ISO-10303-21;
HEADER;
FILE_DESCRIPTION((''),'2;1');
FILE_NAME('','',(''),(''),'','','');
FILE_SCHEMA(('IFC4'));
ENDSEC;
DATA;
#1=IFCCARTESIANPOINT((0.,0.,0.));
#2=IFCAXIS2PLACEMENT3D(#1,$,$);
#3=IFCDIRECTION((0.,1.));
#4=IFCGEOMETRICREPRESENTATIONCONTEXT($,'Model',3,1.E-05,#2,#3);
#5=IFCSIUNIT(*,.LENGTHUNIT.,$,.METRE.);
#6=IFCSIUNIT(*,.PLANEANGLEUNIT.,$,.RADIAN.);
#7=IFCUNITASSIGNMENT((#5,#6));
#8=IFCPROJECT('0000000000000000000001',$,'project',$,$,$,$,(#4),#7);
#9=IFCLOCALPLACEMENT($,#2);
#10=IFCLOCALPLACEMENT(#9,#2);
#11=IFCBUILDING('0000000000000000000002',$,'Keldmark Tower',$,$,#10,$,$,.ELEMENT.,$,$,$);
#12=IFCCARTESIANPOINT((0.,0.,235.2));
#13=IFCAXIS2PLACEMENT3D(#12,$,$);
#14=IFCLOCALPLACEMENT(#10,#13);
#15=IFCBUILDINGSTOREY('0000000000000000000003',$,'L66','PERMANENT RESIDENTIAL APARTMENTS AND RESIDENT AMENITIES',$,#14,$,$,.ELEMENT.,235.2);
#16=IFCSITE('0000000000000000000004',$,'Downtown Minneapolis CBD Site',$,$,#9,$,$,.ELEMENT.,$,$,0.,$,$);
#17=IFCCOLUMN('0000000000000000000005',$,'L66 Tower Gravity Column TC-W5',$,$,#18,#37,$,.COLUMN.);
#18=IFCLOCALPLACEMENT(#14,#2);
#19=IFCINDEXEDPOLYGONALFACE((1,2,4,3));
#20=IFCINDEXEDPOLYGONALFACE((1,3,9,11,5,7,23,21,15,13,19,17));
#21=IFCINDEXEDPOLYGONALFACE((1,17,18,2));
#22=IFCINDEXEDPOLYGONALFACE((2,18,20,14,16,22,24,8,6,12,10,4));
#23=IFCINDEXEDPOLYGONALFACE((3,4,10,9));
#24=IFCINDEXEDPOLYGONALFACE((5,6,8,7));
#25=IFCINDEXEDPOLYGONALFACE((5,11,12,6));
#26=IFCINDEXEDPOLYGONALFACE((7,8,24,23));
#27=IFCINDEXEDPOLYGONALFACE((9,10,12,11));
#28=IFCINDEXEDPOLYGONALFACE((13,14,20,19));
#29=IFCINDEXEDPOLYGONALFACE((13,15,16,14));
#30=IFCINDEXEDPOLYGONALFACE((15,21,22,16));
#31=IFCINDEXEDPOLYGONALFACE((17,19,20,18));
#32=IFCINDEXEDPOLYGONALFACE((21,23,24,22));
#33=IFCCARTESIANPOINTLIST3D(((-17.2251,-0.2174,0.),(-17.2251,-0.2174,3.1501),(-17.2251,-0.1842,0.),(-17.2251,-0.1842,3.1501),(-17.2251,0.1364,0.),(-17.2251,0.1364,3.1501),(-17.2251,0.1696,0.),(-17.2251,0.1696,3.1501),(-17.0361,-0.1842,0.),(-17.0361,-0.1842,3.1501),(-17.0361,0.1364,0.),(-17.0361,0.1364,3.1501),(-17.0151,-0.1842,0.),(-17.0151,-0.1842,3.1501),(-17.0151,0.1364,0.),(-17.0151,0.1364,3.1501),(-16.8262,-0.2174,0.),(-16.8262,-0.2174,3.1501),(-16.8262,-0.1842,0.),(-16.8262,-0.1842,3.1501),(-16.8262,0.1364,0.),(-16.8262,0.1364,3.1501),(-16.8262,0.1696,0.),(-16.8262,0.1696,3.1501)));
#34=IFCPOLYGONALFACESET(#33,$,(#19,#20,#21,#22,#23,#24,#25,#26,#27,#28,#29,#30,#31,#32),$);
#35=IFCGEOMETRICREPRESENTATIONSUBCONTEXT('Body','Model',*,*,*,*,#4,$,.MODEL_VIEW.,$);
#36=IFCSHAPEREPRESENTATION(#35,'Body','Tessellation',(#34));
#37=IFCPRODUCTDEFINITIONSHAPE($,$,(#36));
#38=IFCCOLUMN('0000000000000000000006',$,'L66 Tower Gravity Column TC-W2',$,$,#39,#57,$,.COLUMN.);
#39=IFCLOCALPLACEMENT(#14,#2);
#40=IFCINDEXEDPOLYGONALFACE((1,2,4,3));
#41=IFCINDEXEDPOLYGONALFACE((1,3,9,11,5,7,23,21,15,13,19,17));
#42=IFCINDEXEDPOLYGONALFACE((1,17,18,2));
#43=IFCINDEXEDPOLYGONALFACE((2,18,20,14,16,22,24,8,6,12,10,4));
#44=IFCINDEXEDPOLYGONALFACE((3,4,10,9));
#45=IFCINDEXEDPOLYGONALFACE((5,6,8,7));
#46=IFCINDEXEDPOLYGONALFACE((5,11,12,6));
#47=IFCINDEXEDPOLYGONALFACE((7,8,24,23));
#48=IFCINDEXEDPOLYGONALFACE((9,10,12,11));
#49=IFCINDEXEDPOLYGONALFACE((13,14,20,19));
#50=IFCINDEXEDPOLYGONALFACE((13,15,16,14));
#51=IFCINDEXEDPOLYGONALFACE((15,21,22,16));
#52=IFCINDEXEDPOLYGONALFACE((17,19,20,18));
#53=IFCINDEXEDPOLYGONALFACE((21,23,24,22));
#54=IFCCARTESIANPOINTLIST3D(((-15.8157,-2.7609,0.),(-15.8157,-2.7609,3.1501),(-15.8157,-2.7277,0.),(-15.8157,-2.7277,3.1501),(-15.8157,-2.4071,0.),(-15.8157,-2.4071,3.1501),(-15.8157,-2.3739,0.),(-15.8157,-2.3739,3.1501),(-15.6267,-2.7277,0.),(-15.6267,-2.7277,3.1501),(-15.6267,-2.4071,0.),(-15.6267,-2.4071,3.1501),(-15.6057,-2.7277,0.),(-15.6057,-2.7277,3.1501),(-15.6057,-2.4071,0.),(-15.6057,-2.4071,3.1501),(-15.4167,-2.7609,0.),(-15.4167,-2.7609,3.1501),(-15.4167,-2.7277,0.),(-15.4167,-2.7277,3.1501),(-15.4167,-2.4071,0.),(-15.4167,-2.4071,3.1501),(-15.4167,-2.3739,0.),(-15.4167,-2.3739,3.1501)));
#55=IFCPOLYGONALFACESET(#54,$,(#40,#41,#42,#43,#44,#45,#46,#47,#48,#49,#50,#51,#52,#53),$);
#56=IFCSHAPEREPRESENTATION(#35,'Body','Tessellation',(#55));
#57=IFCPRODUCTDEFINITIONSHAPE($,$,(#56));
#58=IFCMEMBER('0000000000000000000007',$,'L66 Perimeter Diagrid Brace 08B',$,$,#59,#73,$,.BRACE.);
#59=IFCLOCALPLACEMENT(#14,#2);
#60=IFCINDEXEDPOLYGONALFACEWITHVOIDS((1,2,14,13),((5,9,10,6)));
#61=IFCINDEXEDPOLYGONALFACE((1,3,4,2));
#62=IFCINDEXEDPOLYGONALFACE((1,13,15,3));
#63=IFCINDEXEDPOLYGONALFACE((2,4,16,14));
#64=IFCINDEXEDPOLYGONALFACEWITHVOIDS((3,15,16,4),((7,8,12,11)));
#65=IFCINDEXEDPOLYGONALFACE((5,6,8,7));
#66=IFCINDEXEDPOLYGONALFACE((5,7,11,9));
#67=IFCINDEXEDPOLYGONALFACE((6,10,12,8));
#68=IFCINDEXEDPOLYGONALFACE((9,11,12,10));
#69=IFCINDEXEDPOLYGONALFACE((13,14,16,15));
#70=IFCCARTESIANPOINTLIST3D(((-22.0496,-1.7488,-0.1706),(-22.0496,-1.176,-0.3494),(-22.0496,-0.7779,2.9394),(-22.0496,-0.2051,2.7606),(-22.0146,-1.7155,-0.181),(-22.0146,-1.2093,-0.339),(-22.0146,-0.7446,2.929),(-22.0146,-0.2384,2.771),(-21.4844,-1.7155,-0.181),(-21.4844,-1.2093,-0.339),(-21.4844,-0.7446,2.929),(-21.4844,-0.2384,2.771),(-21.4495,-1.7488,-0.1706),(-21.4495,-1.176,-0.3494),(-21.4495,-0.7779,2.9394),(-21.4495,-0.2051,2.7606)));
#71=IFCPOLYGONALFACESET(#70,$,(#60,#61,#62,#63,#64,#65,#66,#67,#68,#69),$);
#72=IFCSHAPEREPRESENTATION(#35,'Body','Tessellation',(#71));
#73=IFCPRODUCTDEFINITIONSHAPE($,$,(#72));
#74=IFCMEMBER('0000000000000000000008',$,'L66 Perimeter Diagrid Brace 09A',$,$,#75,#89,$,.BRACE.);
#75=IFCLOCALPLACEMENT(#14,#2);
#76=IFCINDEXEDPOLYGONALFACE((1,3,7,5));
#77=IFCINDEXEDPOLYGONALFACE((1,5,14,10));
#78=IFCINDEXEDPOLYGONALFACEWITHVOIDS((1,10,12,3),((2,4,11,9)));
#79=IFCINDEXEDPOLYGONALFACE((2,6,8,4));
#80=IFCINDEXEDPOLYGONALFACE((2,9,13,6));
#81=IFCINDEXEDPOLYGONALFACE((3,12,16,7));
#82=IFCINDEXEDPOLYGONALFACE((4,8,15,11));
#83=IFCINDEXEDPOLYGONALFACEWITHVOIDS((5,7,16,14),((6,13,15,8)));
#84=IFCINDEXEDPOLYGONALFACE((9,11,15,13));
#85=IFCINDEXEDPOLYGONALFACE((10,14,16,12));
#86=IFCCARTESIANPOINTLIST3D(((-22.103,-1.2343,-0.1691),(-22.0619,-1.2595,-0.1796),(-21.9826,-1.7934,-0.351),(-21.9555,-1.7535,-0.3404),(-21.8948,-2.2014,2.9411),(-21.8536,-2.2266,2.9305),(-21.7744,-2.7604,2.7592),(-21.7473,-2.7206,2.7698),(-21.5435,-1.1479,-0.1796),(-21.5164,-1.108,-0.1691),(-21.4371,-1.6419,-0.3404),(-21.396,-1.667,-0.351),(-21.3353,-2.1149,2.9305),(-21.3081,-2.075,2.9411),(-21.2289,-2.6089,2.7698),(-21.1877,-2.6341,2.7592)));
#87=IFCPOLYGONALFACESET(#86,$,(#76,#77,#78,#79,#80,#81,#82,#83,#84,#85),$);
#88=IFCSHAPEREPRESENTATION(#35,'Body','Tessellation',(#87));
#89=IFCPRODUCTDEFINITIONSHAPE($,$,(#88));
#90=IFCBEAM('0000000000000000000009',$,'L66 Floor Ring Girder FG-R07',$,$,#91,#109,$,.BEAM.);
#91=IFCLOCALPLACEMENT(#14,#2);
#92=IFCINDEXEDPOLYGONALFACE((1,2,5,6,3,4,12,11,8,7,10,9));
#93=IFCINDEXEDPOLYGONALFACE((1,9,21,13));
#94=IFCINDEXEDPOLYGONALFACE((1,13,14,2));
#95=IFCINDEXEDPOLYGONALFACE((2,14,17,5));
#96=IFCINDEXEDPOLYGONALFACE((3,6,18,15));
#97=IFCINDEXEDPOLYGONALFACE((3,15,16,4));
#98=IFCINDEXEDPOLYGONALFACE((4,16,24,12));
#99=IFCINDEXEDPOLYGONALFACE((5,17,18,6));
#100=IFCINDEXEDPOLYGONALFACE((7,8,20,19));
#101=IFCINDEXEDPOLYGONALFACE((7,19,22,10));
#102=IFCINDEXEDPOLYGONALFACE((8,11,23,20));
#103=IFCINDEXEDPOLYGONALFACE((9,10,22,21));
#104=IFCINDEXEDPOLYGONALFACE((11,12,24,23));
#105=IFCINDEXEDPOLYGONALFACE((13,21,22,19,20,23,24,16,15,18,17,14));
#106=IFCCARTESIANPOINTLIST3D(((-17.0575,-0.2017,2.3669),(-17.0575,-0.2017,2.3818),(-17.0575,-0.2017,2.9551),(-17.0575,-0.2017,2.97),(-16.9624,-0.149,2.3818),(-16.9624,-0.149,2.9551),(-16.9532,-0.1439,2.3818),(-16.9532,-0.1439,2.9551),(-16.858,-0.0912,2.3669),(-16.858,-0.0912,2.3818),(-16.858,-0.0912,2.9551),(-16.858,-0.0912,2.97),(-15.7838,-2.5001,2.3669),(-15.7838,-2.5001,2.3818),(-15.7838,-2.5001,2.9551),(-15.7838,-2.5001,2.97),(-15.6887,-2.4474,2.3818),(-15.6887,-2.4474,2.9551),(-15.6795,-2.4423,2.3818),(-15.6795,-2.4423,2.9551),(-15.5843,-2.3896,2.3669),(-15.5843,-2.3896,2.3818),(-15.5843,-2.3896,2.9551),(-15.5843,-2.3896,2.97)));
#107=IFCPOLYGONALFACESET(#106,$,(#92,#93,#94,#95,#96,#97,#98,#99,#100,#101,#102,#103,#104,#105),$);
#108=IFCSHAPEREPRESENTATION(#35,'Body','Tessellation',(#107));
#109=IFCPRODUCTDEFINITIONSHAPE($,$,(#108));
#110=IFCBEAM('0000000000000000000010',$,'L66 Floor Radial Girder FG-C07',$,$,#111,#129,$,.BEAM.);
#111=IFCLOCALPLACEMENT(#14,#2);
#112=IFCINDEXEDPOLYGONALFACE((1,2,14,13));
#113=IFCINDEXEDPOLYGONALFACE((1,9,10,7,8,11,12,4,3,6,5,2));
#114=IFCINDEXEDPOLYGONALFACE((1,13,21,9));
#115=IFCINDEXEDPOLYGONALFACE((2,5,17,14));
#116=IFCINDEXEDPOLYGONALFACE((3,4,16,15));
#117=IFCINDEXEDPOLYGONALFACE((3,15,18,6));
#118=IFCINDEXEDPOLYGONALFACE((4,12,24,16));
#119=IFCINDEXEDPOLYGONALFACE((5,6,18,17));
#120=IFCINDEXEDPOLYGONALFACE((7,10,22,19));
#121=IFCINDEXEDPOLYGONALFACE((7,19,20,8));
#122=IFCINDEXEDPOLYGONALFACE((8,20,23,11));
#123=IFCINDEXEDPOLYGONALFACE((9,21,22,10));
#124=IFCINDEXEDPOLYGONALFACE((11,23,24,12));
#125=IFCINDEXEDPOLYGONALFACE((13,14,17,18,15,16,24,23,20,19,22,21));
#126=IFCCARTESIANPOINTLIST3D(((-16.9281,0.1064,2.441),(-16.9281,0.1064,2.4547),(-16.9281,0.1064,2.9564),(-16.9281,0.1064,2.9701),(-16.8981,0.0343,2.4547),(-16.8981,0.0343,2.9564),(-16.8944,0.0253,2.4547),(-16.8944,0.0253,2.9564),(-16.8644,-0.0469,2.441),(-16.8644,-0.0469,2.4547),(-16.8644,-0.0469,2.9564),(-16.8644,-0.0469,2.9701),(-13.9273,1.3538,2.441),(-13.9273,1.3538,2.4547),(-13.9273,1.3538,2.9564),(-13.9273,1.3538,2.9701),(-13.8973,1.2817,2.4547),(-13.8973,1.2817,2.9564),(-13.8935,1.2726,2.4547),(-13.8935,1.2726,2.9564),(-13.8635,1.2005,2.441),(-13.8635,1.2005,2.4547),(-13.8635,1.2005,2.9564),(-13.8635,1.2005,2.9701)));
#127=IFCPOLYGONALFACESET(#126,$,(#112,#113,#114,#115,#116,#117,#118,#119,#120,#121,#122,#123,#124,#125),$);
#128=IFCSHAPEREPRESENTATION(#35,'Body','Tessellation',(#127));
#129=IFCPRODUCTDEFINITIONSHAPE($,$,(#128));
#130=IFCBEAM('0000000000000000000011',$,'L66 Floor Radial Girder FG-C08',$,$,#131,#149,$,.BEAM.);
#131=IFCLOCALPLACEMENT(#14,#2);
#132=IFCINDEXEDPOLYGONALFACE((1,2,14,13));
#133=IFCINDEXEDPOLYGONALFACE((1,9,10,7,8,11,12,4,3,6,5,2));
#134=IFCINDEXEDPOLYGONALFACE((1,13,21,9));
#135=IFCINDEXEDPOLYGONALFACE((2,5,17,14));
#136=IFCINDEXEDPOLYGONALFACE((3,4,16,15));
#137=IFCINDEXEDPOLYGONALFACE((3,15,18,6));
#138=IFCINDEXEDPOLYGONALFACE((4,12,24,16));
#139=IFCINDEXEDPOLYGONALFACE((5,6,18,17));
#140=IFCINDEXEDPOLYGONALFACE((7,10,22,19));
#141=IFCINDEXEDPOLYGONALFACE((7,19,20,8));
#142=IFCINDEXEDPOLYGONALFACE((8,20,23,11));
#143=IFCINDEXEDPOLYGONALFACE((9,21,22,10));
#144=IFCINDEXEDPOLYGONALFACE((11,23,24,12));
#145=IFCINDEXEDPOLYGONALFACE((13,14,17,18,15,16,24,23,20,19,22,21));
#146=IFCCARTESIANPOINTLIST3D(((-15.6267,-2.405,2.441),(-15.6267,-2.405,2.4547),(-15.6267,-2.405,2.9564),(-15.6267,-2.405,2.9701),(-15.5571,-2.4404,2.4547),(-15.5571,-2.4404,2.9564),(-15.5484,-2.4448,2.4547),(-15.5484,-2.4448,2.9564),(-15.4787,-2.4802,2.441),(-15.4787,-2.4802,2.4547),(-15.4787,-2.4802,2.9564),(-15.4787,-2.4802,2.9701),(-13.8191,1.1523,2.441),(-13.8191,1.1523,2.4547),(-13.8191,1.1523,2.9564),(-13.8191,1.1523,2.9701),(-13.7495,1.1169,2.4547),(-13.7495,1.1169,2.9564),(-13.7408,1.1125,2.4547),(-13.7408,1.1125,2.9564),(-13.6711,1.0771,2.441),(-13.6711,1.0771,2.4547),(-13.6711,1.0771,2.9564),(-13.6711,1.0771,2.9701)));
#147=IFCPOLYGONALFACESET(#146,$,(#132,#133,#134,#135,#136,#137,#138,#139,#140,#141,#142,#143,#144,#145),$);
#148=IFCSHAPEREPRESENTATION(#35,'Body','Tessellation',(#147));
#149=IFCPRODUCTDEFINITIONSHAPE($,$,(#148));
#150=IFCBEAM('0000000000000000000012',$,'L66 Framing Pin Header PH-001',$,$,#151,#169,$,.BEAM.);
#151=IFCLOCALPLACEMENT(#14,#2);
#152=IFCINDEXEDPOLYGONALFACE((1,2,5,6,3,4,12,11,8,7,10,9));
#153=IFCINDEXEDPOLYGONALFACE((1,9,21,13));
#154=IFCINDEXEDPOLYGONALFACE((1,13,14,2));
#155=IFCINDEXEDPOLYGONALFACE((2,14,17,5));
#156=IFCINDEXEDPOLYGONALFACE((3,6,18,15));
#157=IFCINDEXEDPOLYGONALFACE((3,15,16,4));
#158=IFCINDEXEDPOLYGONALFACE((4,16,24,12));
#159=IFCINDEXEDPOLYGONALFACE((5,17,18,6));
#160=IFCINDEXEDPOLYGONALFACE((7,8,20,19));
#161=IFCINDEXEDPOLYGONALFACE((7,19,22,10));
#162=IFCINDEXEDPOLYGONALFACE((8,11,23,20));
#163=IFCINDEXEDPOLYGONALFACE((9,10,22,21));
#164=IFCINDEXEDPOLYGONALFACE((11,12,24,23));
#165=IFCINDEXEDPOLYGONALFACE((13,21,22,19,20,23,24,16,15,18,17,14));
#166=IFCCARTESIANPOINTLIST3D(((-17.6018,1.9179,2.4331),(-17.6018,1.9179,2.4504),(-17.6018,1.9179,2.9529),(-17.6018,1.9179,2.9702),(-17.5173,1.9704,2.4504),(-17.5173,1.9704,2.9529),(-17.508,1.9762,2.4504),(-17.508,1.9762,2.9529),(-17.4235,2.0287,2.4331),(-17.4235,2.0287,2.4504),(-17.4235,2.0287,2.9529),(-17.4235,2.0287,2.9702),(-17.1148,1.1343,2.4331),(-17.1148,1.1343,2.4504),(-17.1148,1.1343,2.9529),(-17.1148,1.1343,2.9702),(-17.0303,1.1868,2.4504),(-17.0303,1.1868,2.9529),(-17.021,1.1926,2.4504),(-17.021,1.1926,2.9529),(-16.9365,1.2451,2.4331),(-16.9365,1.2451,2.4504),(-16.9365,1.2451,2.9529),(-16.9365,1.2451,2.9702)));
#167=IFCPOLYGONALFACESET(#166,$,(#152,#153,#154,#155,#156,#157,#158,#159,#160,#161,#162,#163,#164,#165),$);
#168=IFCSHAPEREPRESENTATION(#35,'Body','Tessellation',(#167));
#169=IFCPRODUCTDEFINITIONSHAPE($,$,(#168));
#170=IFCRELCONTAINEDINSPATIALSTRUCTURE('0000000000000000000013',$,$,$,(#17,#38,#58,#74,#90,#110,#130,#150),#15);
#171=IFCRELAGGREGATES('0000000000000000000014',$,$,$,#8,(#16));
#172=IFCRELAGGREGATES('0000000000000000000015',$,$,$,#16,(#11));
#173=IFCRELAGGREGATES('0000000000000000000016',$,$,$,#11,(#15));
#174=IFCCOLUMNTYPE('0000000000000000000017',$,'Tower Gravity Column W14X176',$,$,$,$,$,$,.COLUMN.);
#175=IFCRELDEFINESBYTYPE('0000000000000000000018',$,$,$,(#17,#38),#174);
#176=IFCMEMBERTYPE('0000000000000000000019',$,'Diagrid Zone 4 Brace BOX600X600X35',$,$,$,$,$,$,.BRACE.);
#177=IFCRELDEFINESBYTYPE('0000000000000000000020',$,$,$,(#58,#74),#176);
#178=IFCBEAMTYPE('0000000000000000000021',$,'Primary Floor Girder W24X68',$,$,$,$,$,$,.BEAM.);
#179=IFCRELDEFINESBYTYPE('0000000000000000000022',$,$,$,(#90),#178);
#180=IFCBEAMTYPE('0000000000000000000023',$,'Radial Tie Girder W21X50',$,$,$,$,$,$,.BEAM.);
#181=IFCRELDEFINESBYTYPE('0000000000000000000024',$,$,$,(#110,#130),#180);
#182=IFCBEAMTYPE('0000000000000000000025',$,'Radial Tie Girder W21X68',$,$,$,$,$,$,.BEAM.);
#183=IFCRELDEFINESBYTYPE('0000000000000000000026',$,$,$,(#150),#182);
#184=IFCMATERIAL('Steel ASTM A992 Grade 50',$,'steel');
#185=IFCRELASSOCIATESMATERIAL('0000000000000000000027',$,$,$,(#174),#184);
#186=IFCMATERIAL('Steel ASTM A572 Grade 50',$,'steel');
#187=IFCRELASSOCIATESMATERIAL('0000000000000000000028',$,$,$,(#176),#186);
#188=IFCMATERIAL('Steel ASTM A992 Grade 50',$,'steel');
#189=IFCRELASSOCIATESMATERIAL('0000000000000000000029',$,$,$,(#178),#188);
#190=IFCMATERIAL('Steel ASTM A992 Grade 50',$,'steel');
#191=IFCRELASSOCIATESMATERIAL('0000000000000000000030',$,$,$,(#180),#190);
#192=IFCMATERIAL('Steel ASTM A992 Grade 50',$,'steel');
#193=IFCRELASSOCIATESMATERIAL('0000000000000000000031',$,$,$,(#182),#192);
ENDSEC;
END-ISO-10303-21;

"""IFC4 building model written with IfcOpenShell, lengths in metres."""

from ifc_helpers import new_model, si_unit, direction, frame, origin, origin_2d, place, context, subcontext, project, spatial, hollow_rectangle, i_section, extrude, material, material_profile, profile_set, type_object, element, save


model = new_model("IFC4")

# Units and contexts
model_context = context("Model", 3, precision=1e-05, world=origin(), true_north=direction((0.0, 1.0)))
body_context = subcontext(model_context, "Body", "Model", "MODEL_VIEW")
ifc_project = project(units=[si_unit("LENGTHUNIT", "METRE"), si_unit("PLANEANGLEUNIT", "RADIAN")], contexts=[model_context])

# Site, building, storey
site_placement = place(None, origin())
site = spatial("IfcSite", under=ifc_project, at=site_placement, Name="Downtown Minneapolis CBD Site", CompositionType="ELEMENT", RefElevation=0.0)
building_placement = place(site_placement, origin())
building = spatial("IfcBuilding", under=site, at=building_placement, Name="Keldmark Tower", CompositionType="ELEMENT")
storey_placement = place(building_placement, frame((0.0, 0.0, 235.2)))
storey = spatial("IfcBuildingStorey", under=building, at=storey_placement, Name="L66", Description="PERMANENT RESIDENTIAL APARTMENTS AND RESIDENT AMENITIES", CompositionType="ELEMENT", Elevation=235.2)

# Columns
ifc_material_1 = material(Name="Steel ASTM A992 Grade 50", Category="steel")
ifc_material_profile_1 = material_profile(ifc_material_1, i_section(OverallWidth=0.3989, OverallDepth=0.387, WebThickness=0.021, FlangeThickness=0.0332, at=origin_2d()), Name="W14X176")
ifc_profile_set_1 = profile_set([ifc_material_profile_1], Name="Steel ASTM A992 Grade 50")
column_type = type_object("IfcColumnType", Name="Tower Gravity Column W14X176", PredefinedType="COLUMN", material=ifc_profile_set_1)
for number, where, z_axis, x_axis, name in (
    (1, (-17.0256, -0.0239, 0.0), (0.0, 0.0, 1.0), (1.0, 0.0, 0.0), "L66 Tower Gravity Column TC-W5"),
    (2, (-15.6162, -2.5674, 0.0), (0.0, 0.0, 1.0), (1.0, 0.0, 0.0), "L66 Tower Gravity Column TC-W2"),
):
    element("IfcColumn", number, at=place(storey_placement, frame(where, z_axis=z_axis, x_axis=x_axis)), inside=storey, type_object=column_type, Name=name, PredefinedType="COLUMN", context=body_context, shape_type="SweptSolid", body=[
        extrude(i_section(OverallWidth=0.3989, OverallDepth=0.387, WebThickness=0.021, FlangeThickness=0.0332, at=origin_2d()), origin(), (0.0, 0.0, 1.0), 3.1501),
    ])

# Members
ifc_material_2 = material(Name="Steel ASTM A572 Grade 50", Category="steel")
ifc_material_profile_2 = material_profile(ifc_material_2, hollow_rectangle(XDim=0.6001, YDim=0.6001, WallThickness=0.0349, at=origin_2d()), Name="BOX600X600X35")
ifc_profile_set_2 = profile_set([ifc_material_profile_2], Name="Steel ASTM A572 Grade 50")
member_type = type_object("IfcMemberType", Name="Diagrid Zone 4 Brace BOX600X600X35", PredefinedType="BRACE", material=ifc_profile_set_2)
member_1_placement = place(storey_placement, frame((-21.7495, -1.4624, -0.26), z_axis=(0.0, 0.298006, 0.954564), x_axis=(-1.0, 0.0, 0.0)))
element("IfcMember", 3, at=member_1_placement, inside=storey, type_object=member_type, Name="L66 Perimeter Diagrid Brace 08B", PredefinedType="BRACE", context=body_context, shape_type="SweptSolid", body=[
    extrude(hollow_rectangle(XDim=0.6001, YDim=0.6001, WallThickness=0.0349, at=origin_2d()), origin(), (0.0, 0.0, 1.0), 3.2581),
])
member_2_placement = place(storey_placement, frame((-21.7495, -1.4507, -0.26), z_axis=(0.06381, -0.296308, 0.952958), x_axis=(0.977589, 0.210523, 0.0)))
element("IfcMember", 4, at=member_2_placement, inside=storey, type_object=member_type, Name="L66 Perimeter Diagrid Brace 09A", PredefinedType="BRACE", context=body_context, shape_type="SweptSolid", body=[
    extrude(hollow_rectangle(XDim=0.6001, YDim=0.6001, WallThickness=0.0349, at=origin_2d()), origin(), (0.0, 0.0, 1.0), 3.2637),
])

# Beams
ifc_material_3 = material(Name="Steel ASTM A992 Grade 50", Category="steel")
ifc_material_profile_3 = material_profile(ifc_material_3, i_section(OverallWidth=0.228, OverallDepth=0.603, WebThickness=0.0105, FlangeThickness=0.0149, at=origin_2d()), Name="W24X68")
ifc_profile_set_3 = profile_set([ifc_material_profile_3], Name="Steel ASTM A992 Grade 50")
beam_type_1 = type_object("IfcBeamType", Name="Primary Floor Girder W24X68", PredefinedType="BEAM", material=ifc_profile_set_3)
beam_1_placement = place(storey_placement, frame((-16.9578, -0.1465, 2.6685), z_axis=(0.48472, -0.87467, 0.0), x_axis=(0.87467, 0.48472, 0.0)))
element("IfcBeam", 5, at=beam_1_placement, inside=storey, type_object=beam_type_1, Name="L66 Floor Ring Girder FG-R07", PredefinedType="BEAM", context=body_context, shape_type="SweptSolid", body=[
    extrude(i_section(OverallWidth=0.228, OverallDepth=0.603, WebThickness=0.0105, FlangeThickness=0.0149, at=origin_2d()), origin(), (0.0, 0.0, 1.0), 2.6277),
])
ifc_material_4 = material(Name="Steel ASTM A992 Grade 50", Category="steel")
ifc_material_profile_4 = material_profile(ifc_material_4, i_section(OverallWidth=0.166, OverallDepth=0.5291, WebThickness=0.0098, FlangeThickness=0.0137, at=origin_2d()), Name="W21X50")
ifc_profile_set_4 = profile_set([ifc_material_profile_4], Name="Steel ASTM A992 Grade 50")
beam_type_2 = type_object("IfcBeamType", Name="Radial Tie Girder W21X50", PredefinedType="BEAM", material=ifc_profile_set_4)
beam_2_placement = place(storey_placement, frame((-16.8962, 0.0298, 2.7056), z_axis=(0.923403, 0.383831, 0.0), x_axis=(-0.383831, 0.923403, 0.0)))
element("IfcBeam", 6, at=beam_2_placement, inside=storey, type_object=beam_type_2, Name="L66 Floor Radial Girder FG-C07", PredefinedType="BEAM", context=body_context, shape_type="SweptSolid", body=[
    extrude(i_section(OverallWidth=0.166, OverallDepth=0.5291, WebThickness=0.0098, FlangeThickness=0.0137, at=origin_2d()), origin(), (0.0, 0.0, 1.0), 3.2498),
])
beam_3_placement = place(storey_placement, frame((-15.5527, -2.4426, 2.7056), z_axis=(0.453004, 0.891508, 0.0), x_axis=(-0.891508, 0.453004, 0.0)))
element("IfcBeam", 7, at=beam_3_placement, inside=storey, type_object=beam_type_2, Name="L66 Floor Radial Girder FG-C08", PredefinedType="BEAM", context=body_context, shape_type="SweptSolid", body=[
    extrude(i_section(OverallWidth=0.166, OverallDepth=0.5291, WebThickness=0.0098, FlangeThickness=0.0137, at=origin_2d()), origin(), (0.0, 0.0, 1.0), 3.9902),
])
ifc_material_5 = material(Name="Steel ASTM A992 Grade 50", Category="steel")
ifc_material_profile_5 = material_profile(ifc_material_5, i_section(OverallWidth=0.21, OverallDepth=0.5371, WebThickness=0.011, FlangeThickness=0.0173, at=origin_2d()), Name="W21X68")
ifc_profile_set_5 = profile_set([ifc_material_profile_5], Name="Steel ASTM A992 Grade 50")
beam_type_3 = type_object("IfcBeamType", Name="Radial Tie Girder W21X68", PredefinedType="BEAM", material=ifc_profile_set_5)
beam_4_placement = place(storey_placement, frame((-17.0256, 1.1897, 2.7017), z_axis=(-0.527857, 0.849333, 0.0), x_axis=(-0.849333, -0.527857, 0.0)))
element("IfcBeam", 8, at=beam_4_placement, inside=storey, type_object=beam_type_3, Name="L66 Framing Pin Header PH-001", PredefinedType="BEAM", context=body_context, shape_type="SweptSolid", body=[
    extrude(i_section(OverallWidth=0.21, OverallDepth=0.5371, WebThickness=0.011, FlangeThickness=0.0173, at=origin_2d()), origin(), (0.0, 0.0, 1.0), 0.9226),
])

save(model, "model.ifc")
